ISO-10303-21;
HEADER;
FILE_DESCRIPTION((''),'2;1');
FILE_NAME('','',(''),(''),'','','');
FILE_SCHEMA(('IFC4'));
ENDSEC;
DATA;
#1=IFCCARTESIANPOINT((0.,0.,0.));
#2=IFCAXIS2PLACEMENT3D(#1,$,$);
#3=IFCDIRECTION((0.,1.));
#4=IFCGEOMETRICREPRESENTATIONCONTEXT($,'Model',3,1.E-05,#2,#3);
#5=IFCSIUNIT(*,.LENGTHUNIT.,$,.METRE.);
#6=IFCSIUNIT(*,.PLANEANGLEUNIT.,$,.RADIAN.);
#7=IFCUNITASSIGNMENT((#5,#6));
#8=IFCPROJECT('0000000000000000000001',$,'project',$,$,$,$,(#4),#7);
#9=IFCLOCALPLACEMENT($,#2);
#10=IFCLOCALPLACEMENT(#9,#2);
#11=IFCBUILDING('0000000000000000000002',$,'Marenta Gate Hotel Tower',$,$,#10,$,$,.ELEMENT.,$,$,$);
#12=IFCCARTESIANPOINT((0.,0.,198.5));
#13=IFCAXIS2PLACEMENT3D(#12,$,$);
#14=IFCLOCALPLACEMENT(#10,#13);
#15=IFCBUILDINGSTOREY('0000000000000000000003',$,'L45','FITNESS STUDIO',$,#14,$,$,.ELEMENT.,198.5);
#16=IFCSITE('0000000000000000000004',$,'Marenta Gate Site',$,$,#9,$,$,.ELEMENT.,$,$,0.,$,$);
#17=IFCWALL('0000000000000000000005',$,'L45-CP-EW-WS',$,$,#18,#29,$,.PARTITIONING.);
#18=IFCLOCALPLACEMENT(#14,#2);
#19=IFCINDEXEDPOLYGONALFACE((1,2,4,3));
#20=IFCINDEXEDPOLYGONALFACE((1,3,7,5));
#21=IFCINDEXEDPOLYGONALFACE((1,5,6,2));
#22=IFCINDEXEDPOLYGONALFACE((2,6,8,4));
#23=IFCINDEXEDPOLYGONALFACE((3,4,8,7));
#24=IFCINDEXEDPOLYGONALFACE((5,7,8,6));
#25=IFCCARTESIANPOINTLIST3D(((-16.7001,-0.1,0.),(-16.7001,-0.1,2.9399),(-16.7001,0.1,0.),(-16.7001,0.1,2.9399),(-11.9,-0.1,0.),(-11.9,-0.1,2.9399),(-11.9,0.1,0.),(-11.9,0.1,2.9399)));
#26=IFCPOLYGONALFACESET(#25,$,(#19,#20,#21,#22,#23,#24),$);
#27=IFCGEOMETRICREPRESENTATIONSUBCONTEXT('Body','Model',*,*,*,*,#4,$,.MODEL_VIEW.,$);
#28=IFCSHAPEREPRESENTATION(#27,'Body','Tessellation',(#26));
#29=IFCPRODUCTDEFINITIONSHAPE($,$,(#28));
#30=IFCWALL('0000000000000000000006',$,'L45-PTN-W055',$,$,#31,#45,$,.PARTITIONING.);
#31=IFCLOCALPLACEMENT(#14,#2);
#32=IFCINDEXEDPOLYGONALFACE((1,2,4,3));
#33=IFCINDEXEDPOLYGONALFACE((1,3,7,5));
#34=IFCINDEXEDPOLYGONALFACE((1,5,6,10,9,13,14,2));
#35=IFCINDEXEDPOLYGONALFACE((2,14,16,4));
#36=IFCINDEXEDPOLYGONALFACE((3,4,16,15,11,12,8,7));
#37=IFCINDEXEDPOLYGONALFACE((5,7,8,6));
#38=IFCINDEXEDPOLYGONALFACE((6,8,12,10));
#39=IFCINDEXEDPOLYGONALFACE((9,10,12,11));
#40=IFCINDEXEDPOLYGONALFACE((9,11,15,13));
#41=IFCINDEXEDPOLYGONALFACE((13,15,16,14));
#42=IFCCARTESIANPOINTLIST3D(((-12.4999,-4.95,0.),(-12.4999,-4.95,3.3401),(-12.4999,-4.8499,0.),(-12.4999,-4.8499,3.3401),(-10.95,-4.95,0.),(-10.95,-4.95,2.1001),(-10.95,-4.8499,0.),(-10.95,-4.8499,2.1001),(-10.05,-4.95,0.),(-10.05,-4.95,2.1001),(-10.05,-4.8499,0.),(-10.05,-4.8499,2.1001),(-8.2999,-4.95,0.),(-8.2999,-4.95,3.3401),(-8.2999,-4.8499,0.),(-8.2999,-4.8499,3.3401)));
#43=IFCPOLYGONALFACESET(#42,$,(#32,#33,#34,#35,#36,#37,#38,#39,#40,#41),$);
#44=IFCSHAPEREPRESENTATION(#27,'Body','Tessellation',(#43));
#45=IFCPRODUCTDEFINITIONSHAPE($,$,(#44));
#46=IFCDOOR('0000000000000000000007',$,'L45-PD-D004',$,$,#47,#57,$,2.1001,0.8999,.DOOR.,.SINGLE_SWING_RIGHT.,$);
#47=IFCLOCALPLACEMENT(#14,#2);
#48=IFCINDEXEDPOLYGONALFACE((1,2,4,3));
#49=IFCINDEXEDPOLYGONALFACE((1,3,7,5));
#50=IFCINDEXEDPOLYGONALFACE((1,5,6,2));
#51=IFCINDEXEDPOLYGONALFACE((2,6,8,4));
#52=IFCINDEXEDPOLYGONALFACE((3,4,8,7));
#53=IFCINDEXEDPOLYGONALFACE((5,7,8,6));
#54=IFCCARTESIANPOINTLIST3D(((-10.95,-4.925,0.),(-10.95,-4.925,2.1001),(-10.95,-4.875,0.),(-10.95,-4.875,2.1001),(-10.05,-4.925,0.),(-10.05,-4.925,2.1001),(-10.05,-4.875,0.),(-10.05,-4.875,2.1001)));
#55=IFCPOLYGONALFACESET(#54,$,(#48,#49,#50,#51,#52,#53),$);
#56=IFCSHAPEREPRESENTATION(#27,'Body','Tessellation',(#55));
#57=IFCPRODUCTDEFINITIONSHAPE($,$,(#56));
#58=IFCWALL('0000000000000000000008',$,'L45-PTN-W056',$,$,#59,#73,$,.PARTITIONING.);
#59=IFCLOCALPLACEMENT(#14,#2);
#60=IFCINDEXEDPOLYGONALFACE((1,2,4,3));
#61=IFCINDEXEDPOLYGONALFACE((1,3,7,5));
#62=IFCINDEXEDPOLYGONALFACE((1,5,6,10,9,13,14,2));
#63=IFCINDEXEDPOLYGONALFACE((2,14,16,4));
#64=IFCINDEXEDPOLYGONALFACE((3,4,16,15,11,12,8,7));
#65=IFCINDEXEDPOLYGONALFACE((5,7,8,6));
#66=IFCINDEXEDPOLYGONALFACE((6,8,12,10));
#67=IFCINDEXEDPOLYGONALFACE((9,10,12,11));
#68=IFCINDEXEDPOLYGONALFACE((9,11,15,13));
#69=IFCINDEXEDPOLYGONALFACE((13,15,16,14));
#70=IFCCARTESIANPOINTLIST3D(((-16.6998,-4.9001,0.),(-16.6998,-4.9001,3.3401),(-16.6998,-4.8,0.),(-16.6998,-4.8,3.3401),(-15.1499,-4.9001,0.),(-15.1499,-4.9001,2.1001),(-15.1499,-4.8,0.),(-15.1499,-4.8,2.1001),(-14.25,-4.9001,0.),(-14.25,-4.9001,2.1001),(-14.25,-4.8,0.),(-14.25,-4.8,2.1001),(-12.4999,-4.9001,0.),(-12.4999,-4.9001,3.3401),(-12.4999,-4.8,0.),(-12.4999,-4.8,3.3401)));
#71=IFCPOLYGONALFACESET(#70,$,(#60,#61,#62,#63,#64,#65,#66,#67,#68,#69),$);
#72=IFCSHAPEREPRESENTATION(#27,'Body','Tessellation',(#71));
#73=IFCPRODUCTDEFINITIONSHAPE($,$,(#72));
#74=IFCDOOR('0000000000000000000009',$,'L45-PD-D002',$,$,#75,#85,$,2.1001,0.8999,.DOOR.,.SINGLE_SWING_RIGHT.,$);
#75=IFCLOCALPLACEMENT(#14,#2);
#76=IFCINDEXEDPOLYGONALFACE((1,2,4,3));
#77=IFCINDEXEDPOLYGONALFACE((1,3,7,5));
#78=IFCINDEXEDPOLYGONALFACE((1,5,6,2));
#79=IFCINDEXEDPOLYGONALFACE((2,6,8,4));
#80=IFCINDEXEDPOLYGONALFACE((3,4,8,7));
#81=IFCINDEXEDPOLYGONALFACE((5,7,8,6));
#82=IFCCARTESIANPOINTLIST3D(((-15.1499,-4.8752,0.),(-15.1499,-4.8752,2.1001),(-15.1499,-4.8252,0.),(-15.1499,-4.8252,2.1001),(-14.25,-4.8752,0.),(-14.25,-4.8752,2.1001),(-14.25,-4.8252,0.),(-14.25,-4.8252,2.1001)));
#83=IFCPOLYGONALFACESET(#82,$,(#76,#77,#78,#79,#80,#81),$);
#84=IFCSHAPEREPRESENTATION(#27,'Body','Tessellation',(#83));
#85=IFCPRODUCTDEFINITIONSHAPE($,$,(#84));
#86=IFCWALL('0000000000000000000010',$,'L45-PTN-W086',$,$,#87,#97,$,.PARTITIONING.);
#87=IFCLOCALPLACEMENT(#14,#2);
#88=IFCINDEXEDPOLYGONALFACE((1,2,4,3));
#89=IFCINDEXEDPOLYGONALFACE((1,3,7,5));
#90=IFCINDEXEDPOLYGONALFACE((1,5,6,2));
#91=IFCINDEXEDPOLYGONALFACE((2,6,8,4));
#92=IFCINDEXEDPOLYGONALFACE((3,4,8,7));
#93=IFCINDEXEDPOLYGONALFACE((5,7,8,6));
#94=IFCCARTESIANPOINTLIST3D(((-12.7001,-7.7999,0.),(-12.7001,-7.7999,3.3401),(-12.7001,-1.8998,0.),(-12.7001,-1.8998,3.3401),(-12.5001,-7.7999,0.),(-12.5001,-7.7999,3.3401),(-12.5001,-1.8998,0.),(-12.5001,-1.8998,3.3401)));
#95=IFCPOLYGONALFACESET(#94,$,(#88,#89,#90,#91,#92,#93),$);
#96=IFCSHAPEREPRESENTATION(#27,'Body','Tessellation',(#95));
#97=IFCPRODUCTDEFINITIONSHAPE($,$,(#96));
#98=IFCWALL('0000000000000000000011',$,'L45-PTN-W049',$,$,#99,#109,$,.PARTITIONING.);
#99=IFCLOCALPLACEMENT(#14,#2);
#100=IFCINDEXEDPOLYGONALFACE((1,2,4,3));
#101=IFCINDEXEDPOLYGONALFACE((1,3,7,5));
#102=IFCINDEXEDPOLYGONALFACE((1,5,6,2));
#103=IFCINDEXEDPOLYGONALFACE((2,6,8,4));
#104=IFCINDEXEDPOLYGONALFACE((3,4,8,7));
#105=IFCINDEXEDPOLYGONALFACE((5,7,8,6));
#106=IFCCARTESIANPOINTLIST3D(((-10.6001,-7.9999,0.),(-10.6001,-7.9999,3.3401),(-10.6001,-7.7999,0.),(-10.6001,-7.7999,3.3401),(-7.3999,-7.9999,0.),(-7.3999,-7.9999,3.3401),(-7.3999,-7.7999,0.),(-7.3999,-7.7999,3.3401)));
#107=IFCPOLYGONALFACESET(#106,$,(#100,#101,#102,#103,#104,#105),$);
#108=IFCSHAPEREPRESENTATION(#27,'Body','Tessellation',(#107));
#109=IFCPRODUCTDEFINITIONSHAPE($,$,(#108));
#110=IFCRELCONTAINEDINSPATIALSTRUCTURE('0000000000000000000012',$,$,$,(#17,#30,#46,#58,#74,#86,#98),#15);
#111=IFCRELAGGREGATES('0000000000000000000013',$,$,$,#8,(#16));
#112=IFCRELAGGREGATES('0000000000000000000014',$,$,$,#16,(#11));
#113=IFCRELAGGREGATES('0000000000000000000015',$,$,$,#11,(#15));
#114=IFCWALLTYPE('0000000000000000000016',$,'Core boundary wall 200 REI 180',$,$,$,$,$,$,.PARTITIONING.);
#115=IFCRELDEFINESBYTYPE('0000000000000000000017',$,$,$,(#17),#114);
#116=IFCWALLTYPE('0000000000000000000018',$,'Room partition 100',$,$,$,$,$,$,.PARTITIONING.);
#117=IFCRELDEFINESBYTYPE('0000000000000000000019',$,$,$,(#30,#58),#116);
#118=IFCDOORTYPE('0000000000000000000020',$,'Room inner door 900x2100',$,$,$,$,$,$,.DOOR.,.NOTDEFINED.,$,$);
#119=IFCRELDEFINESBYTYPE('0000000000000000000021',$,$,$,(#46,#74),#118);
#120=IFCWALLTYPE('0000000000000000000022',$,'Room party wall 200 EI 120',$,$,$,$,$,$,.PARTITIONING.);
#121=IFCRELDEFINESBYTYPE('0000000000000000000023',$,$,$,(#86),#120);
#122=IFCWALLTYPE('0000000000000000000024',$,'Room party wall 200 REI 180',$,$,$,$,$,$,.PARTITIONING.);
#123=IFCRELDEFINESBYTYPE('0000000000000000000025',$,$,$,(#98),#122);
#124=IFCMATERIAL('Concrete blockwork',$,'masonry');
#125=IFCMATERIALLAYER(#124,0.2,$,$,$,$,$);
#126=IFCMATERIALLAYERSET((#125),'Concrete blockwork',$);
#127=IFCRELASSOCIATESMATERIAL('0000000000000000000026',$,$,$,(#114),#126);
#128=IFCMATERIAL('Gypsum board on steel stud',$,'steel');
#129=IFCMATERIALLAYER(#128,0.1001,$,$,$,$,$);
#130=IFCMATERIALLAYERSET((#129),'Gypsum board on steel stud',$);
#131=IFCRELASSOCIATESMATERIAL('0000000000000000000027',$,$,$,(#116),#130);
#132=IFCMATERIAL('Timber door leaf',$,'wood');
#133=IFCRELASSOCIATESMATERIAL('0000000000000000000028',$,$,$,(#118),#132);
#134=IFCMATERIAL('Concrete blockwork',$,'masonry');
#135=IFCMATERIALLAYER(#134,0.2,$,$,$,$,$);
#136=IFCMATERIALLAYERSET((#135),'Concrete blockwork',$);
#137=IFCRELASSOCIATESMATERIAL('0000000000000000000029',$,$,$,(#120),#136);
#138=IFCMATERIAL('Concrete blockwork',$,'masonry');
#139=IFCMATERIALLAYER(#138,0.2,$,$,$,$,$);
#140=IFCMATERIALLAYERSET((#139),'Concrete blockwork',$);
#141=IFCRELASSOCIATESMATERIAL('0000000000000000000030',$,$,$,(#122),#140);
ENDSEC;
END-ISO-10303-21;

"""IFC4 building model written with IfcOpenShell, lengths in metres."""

from ifc_helpers import new_model, si_unit, direction, frame, frame_2d, origin, place, context, subcontext, project, spatial, rectangle, extrude, material, layer, layer_set, type_object, element, fill, save


model = new_model("IFC4")

# Units and contexts
model_context = context("Model", 3, precision=1e-05, world=origin(), true_north=direction((0.0, 1.0)))
body_context = subcontext(model_context, "Body", "Model", "MODEL_VIEW")
ifc_project = project(units=[si_unit("LENGTHUNIT", "METRE"), si_unit("PLANEANGLEUNIT", "RADIAN")], contexts=[model_context])

# Site, building, storey
site_placement = place(None, origin())
site = spatial("IfcSite", under=ifc_project, at=site_placement, Name="Marenta Gate Site", CompositionType="ELEMENT", RefElevation=0.0)
building_placement = place(site_placement, origin())
building = spatial("IfcBuilding", under=site, at=building_placement, Name="Marenta Gate Hotel Tower", CompositionType="ELEMENT")
storey_placement = place(building_placement, frame((0.0, 0.0, 198.5)))
storey = spatial("IfcBuildingStorey", under=building, at=storey_placement, Name="L45", Description="FITNESS STUDIO", CompositionType="ELEMENT", Elevation=198.5)

# Shared definitions
ifc_material_1 = material(Name="Concrete blockwork", Category="masonry")
ifc_layer_1 = layer(ifc_material_1, 0.2)
ifc_layer_set_1 = layer_set([ifc_layer_1], Name="Concrete blockwork")
wall_type_1 = type_object("IfcWallType", Name="Core boundary wall 200 REI 180", PredefinedType="PARTITIONING", material=ifc_layer_set_1)

# Wall
wall_1_placement = place(storey_placement, frame((-16.7, 0.0, 0.0), z_axis=(0.0, 0.0, 1.0), x_axis=(1.0, 0.0, 0.0)))
element("IfcWall", 1, at=wall_1_placement, inside=storey, type_object=wall_type_1, Name="L45-CP-EW-WS", PredefinedType="PARTITIONING", context=body_context, shape_type="SweptSolid", body=[
    extrude(rectangle(XDim=4.8, YDim=0.2, at=frame_2d((2.3999, 0.0))), origin(), (0.0, 0.0, 1.0), 2.9399),
])

# Walls, openings, doors
ifc_material_2 = material(Name="Gypsum board on steel stud", Category="steel")
ifc_layer_2 = layer(ifc_material_2, 0.1001)
ifc_layer_set_2 = layer_set([ifc_layer_2], Name="Gypsum board on steel stud")
wall_type_2 = type_object("IfcWallType", Name="Room partition 100", PredefinedType="PARTITIONING", material=ifc_layer_set_2)
wall_2_placement = place(storey_placement, frame((-12.5, -4.8999, 0.0), z_axis=(0.0, 0.0, 1.0), x_axis=(1.0, 0.0, 0.0)))
wall_2 = element("IfcWall", 2, at=wall_2_placement, inside=storey, type_object=wall_type_2, Name="L45-PTN-W055", PredefinedType="PARTITIONING", context=body_context, shape_type="SweptSolid", body=[
    extrude(rectangle(XDim=4.2, YDim=0.1001, at=frame_2d((2.1001, 0.0))), origin(), (0.0, 0.0, 1.0), 3.3401),
])
opening_1_placement = place(wall_2_placement, frame((1.55, 0.0, 0.0)))
opening_1 = element("IfcOpeningElement", 3, at=opening_1_placement, cuts=wall_2, PredefinedType="OPENING", context=body_context, shape_type="SweptSolid", body=[
    extrude(rectangle(XDim=0.8999, YDim=2.1001, at=frame_2d((0.45, 1.05))), frame((0.0, 0.05, 0.0), z_axis=(0.0, -1.0, 0.0), x_axis=(1.0, 0.0, 0.0)), (0.0, 0.0, 1.0), 0.1001),
])
ifc_material_3 = material(Name="Timber door leaf", Category="wood")
door_type_1 = type_object("IfcDoorType", Name="Room inner door 900x2100", OperationType="NOTDEFINED", PredefinedType="DOOR", material=ifc_material_3)
door_1_placement = place(opening_1_placement, origin())
door_1 = element("IfcDoor", 4, at=door_1_placement, inside=storey, type_object=door_type_1, Name="L45-PD-D004", OperationType="SINGLE_SWING_RIGHT", OverallHeight=2.1001, OverallWidth=0.8999, PredefinedType="DOOR", context=body_context, shape_type="SweptSolid", body=[
    extrude(rectangle(XDim=0.8999, YDim=2.1001, at=frame_2d((0.45, 1.05))), frame((0.0, 0.0249, 0.0), z_axis=(0.0, -1.0, 0.0), x_axis=(1.0, 0.0, 0.0)), (0.0, 0.0, 1.0), 0.05),
])
fill(opening_1, door_1)
wall_3_placement = place(storey_placement, frame((-16.7, -4.8501, 0.0), z_axis=(0.0, 0.0, 1.0), x_axis=(1.0, 0.0, 0.0)))
wall_3 = element("IfcWall", 5, at=wall_3_placement, inside=storey, type_object=wall_type_2, Name="L45-PTN-W056", PredefinedType="PARTITIONING", context=body_context, shape_type="SweptSolid", body=[
    extrude(rectangle(XDim=4.2, YDim=0.1001, at=frame_2d((2.1001, 0.0))), origin(), (0.0, 0.0, 1.0), 3.3401),
])
opening_2_placement = place(wall_3_placement, frame((1.55, 0.0, 0.0)))
opening_2 = element("IfcOpeningElement", 6, at=opening_2_placement, cuts=wall_3, PredefinedType="OPENING", context=body_context, shape_type="SweptSolid", body=[
    extrude(rectangle(XDim=0.8999, YDim=2.1001, at=frame_2d((0.45, 1.05))), frame((0.0, 0.05, 0.0), z_axis=(0.0, -1.0, 0.0), x_axis=(1.0, 0.0, 0.0)), (0.0, 0.0, 1.0), 0.1001),
])
door_2_placement = place(opening_2_placement, origin())
door_2 = element("IfcDoor", 7, at=door_2_placement, inside=storey, type_object=door_type_1, Name="L45-PD-D002", OperationType="SINGLE_SWING_RIGHT", OverallHeight=2.1001, OverallWidth=0.8999, PredefinedType="DOOR", context=body_context, shape_type="SweptSolid", body=[
    extrude(rectangle(XDim=0.8999, YDim=2.1001, at=frame_2d((0.45, 1.05))), frame((0.0, 0.0249, 0.0), z_axis=(0.0, -1.0, 0.0), x_axis=(1.0, 0.0, 0.0)), (0.0, 0.0, 1.0), 0.05),
])
fill(opening_2, door_2)

# Walls
ifc_material_4 = material(Name="Concrete blockwork", Category="masonry")
ifc_layer_3 = layer(ifc_material_4, 0.2)
ifc_layer_set_3 = layer_set([ifc_layer_3], Name="Concrete blockwork")
wall_type_3 = type_object("IfcWallType", Name="Room party wall 200 EI 120", PredefinedType="PARTITIONING", material=ifc_layer_set_3)
wall_4_placement = place(storey_placement, frame((-12.6001, -7.8, 0.0), z_axis=(0.0, 0.0, 1.0), x_axis=(0.0, 1.0, 0.0)))
element("IfcWall", 8, at=wall_4_placement, inside=storey, type_object=wall_type_3, Name="L45-PTN-W086", PredefinedType="PARTITIONING", context=body_context, shape_type="SweptSolid", body=[
    extrude(rectangle(XDim=5.9001, YDim=0.2, at=frame_2d((2.9502, 0.0))), origin(), (0.0, 0.0, 1.0), 3.3401),
])
ifc_material_5 = material(Name="Concrete blockwork", Category="masonry")
ifc_layer_4 = layer(ifc_material_5, 0.2)
ifc_layer_set_4 = layer_set([ifc_layer_4], Name="Concrete blockwork")
wall_type_4 = type_object("IfcWallType", Name="Room party wall 200 REI 180", PredefinedType="PARTITIONING", material=ifc_layer_set_4)
wall_5_placement = place(storey_placement, frame((-10.6001, -7.8999, 0.0), z_axis=(0.0, 0.0, 1.0), x_axis=(1.0, 0.0, 0.0)))
element("IfcWall", 9, at=wall_5_placement, inside=storey, type_object=wall_type_4, Name="L45-PTN-W049", PredefinedType="PARTITIONING", context=body_context, shape_type="SweptSolid", body=[
    extrude(rectangle(XDim=3.2002, YDim=0.2, at=frame_2d((1.6001, 0.0))), origin(), (0.0, 0.0, 1.0), 3.3401),
])

save(model, "model.ifc")
